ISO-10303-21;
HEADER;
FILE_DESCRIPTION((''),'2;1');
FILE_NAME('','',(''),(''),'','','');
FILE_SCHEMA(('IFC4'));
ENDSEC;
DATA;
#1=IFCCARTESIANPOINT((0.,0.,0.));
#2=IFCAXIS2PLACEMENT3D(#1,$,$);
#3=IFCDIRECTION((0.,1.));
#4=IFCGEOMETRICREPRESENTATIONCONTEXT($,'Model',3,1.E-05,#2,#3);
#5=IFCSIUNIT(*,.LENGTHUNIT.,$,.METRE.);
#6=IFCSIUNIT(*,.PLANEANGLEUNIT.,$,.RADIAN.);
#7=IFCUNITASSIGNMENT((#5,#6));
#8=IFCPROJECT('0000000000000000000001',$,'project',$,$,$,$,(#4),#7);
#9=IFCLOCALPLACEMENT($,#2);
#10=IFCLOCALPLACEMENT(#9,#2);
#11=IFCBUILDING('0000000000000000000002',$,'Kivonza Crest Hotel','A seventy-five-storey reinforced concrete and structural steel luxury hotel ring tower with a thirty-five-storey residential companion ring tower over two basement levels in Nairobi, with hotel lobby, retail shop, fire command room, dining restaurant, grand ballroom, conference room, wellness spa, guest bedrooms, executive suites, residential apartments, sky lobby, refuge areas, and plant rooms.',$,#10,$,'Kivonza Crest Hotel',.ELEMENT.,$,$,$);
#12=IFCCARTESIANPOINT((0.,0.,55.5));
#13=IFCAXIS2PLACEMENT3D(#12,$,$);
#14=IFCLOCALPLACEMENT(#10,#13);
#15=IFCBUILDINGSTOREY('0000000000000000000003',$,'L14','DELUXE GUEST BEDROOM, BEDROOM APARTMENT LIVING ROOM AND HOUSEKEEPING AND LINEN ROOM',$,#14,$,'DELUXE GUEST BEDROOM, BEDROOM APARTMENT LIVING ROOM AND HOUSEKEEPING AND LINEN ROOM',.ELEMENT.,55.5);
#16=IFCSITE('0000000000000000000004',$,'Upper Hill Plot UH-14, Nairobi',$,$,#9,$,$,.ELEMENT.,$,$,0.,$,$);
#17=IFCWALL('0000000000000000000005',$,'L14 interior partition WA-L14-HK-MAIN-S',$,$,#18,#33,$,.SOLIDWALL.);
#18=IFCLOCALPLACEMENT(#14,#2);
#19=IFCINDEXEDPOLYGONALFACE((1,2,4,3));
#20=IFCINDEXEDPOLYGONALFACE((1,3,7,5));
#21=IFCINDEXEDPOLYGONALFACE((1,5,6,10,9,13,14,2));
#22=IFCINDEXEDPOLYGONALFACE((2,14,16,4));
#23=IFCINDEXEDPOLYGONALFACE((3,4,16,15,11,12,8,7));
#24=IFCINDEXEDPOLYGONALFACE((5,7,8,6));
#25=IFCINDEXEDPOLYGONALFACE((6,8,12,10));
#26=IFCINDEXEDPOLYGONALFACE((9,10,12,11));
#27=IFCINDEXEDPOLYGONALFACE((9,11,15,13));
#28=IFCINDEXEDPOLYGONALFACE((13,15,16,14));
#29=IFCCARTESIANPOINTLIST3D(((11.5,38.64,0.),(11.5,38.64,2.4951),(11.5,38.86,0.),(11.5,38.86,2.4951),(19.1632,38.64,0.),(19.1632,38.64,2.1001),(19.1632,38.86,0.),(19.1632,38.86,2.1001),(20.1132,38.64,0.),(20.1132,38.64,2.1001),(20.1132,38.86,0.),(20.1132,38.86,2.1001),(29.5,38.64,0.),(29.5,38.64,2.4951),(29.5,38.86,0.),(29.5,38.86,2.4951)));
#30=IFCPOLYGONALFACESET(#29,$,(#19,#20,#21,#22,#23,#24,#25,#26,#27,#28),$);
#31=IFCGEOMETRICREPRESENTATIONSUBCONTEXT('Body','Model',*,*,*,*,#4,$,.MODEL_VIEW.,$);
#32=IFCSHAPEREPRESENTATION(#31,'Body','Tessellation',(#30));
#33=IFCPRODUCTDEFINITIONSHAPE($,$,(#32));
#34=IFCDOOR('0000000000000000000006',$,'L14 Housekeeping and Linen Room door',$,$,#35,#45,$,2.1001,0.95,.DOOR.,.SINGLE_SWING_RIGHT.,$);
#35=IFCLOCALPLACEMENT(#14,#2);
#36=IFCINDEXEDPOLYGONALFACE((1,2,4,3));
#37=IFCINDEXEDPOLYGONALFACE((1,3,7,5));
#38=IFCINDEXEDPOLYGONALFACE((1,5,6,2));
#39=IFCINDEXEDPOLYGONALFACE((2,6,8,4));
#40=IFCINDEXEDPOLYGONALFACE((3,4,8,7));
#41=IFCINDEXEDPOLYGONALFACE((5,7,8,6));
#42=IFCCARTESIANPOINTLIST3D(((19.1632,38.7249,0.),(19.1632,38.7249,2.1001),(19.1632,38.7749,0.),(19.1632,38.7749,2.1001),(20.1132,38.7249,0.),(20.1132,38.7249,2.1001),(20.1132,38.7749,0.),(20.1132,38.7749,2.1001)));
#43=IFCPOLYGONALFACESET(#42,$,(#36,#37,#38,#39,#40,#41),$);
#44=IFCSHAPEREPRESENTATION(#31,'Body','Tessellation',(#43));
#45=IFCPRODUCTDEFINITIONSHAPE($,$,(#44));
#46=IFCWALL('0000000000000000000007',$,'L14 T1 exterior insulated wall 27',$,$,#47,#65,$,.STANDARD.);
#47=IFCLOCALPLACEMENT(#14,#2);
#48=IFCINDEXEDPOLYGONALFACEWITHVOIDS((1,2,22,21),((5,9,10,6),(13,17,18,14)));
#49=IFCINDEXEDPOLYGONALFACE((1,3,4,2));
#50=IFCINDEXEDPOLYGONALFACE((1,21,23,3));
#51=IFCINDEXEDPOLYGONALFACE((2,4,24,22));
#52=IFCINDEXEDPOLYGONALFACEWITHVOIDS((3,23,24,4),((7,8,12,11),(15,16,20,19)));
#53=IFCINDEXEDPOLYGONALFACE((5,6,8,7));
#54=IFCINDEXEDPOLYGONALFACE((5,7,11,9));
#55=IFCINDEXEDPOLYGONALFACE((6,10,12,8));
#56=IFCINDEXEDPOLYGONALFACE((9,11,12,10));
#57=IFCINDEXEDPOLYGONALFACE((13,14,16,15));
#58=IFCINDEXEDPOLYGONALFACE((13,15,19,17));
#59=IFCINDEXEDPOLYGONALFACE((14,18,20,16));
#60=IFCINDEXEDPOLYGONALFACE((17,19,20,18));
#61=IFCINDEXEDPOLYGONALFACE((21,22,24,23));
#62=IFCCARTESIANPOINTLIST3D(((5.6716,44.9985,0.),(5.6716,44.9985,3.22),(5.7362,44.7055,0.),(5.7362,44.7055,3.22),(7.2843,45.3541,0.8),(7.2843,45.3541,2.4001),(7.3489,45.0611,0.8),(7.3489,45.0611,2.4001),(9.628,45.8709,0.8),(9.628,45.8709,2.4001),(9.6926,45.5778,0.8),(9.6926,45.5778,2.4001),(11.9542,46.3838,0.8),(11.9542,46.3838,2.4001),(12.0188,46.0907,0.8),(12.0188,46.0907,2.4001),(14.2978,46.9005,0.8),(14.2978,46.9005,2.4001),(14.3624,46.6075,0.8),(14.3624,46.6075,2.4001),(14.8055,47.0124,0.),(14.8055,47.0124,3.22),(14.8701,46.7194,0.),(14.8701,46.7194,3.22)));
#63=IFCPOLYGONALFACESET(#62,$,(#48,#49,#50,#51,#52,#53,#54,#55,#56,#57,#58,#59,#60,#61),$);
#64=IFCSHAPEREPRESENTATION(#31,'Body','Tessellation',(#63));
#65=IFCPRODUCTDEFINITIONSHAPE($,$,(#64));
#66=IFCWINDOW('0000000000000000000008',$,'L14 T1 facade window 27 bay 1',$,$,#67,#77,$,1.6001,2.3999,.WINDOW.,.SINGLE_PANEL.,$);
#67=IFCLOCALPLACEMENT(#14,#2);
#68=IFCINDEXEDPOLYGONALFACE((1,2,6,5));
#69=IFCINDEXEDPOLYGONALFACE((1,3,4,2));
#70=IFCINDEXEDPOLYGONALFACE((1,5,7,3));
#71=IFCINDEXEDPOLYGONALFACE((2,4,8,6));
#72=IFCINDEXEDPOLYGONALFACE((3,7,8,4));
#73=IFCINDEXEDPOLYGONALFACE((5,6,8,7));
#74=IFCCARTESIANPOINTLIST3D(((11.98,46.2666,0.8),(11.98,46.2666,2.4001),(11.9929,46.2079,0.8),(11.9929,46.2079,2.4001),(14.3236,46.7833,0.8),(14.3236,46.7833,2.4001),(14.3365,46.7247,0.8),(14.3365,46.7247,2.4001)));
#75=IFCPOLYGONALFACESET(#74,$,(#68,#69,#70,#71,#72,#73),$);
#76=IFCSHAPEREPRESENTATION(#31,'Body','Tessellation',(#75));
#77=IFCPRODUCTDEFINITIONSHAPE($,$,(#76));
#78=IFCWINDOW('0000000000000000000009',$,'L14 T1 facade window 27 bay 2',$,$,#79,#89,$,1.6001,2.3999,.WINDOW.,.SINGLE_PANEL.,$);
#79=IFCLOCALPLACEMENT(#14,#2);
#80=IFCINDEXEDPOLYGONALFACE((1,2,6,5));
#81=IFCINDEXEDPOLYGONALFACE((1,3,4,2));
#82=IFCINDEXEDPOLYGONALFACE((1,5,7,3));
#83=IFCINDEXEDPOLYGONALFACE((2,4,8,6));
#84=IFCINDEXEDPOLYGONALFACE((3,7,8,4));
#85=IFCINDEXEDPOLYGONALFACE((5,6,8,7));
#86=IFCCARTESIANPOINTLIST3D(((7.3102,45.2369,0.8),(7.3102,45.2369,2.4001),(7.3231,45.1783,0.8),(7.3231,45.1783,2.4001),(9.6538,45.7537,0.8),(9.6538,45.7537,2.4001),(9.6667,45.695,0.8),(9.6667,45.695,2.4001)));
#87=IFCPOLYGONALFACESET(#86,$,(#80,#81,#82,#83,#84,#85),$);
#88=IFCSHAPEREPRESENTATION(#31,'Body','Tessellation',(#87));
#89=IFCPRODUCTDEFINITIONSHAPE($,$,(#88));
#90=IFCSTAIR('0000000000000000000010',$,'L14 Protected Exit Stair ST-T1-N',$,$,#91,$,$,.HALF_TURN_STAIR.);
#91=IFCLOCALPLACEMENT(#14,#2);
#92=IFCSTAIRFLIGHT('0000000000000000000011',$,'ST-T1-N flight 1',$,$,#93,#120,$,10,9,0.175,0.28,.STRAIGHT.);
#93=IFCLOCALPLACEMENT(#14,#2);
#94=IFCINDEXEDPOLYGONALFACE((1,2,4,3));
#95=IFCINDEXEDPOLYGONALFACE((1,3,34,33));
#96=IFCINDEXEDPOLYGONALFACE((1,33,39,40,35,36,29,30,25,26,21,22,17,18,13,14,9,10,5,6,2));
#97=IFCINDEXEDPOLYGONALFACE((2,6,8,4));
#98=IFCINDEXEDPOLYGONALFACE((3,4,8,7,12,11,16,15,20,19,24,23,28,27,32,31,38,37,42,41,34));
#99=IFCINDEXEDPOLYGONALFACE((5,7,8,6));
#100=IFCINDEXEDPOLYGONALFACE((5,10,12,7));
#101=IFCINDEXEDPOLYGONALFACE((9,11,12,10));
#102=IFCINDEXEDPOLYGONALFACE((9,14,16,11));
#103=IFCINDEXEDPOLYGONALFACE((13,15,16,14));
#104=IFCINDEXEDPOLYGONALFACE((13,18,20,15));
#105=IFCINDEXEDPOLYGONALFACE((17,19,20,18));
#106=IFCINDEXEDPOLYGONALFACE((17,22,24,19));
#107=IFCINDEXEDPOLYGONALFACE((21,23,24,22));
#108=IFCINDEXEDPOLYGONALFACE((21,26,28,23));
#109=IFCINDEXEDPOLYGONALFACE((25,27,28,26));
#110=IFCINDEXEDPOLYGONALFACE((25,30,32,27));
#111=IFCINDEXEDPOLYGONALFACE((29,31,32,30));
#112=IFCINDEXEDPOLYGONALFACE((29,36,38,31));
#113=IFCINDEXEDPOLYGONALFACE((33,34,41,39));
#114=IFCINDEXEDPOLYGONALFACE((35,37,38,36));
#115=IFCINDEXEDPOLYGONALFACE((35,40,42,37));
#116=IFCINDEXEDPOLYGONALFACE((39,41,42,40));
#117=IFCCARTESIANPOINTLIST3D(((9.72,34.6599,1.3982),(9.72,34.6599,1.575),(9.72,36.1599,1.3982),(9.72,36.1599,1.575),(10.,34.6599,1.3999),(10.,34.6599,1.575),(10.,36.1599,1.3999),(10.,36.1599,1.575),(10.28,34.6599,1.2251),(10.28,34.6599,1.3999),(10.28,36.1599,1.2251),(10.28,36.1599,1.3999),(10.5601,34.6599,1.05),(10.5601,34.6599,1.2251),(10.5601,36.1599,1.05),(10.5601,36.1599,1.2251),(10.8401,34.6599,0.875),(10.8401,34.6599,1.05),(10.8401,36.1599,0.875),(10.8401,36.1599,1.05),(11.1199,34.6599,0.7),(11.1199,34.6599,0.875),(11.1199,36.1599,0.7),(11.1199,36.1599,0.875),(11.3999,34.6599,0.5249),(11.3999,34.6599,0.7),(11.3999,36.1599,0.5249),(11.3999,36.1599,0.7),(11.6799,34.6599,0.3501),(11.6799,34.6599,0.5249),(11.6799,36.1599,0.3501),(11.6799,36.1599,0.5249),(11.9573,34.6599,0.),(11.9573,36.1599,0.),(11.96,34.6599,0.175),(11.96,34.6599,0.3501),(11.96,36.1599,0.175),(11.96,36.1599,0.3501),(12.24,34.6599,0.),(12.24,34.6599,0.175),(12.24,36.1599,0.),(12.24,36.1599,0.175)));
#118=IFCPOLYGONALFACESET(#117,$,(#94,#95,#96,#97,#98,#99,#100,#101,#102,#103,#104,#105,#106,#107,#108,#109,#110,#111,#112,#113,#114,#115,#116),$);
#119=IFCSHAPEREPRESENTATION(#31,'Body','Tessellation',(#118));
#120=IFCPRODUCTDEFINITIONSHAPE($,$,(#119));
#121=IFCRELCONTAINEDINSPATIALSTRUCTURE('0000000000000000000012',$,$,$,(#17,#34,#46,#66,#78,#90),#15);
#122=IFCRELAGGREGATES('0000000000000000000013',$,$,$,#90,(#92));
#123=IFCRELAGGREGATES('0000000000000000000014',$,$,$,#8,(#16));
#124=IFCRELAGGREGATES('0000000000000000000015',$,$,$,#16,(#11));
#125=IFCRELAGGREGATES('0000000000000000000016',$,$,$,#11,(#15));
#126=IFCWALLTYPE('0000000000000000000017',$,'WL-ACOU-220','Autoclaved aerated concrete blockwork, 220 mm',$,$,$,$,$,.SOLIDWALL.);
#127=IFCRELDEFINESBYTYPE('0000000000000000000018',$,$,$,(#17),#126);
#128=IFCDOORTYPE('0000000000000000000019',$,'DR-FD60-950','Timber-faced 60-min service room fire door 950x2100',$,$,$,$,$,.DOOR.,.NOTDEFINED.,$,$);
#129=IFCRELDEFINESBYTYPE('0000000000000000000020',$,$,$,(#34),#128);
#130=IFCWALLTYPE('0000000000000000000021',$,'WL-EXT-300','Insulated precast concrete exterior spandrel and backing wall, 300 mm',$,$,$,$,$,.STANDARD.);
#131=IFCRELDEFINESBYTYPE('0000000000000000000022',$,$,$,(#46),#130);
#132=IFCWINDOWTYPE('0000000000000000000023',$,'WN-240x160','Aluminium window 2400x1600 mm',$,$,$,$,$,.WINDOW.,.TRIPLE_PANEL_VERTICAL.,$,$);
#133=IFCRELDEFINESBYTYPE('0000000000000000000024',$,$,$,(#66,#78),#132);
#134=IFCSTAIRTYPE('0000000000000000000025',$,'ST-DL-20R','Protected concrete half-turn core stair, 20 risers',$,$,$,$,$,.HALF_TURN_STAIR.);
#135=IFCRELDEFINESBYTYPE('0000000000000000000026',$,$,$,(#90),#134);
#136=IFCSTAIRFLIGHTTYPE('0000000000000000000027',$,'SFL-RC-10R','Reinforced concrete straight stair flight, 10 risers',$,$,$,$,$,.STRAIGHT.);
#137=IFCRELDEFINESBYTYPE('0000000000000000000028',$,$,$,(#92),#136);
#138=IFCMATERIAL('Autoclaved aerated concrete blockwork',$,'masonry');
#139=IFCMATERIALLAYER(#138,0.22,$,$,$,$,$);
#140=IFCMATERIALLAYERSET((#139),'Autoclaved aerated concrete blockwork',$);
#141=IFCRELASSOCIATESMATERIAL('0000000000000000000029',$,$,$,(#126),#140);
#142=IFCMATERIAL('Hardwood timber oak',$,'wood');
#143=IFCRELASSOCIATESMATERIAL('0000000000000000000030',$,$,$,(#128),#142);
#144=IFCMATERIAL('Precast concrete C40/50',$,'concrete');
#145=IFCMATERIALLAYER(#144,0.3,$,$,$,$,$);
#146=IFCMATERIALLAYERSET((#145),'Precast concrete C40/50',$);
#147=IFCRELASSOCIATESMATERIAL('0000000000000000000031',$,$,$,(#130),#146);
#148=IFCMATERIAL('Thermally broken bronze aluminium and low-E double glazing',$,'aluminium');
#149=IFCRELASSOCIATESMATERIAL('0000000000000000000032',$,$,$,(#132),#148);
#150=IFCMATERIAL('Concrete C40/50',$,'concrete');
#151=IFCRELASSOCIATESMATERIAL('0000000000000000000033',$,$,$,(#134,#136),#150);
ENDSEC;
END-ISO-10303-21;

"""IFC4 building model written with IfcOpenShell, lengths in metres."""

from ifc_helpers import new_model, si_unit, direction, frame, frame_2d, origin, place, context, subcontext, project, spatial, polyline, rectangle, outline, extrude, material, layer, layer_set, type_object, element, fill, aggregate, save


model = new_model("IFC4")

# Units and contexts
model_context = context("Model", 3, precision=1e-05, world=origin(), true_north=direction((0.0, 1.0)))
body_context = subcontext(model_context, "Body", "Model", "MODEL_VIEW")
ifc_project = project(units=[si_unit("LENGTHUNIT", "METRE"), si_unit("PLANEANGLEUNIT", "RADIAN")], contexts=[model_context])

# Site, building, storey
site_placement = place(None, origin())
site = spatial("IfcSite", under=ifc_project, at=site_placement, Name="Upper Hill Plot UH-14, Nairobi", CompositionType="ELEMENT", RefElevation=0.0)
building_placement = place(site_placement, origin())
building = spatial("IfcBuilding", under=site, at=building_placement, Name="Kivonza Crest Hotel", Description="A seventy-five-storey reinforced concrete and structural steel luxury hotel ring tower with a thirty-five-storey residential companion ring tower over two basement levels in Nairobi, with hotel lobby, retail shop, fire command room, dining restaurant, grand ballroom, conference room, wellness spa, guest bedrooms, executive suites, residential apartments, sky lobby, refuge areas, and plant rooms.", LongName="Kivonza Crest Hotel", CompositionType="ELEMENT")
storey_placement = place(building_placement, frame((0.0, 0.0, 55.5)))
storey = spatial("IfcBuildingStorey", under=building, at=storey_placement, Name="L14", Description="DELUXE GUEST BEDROOM, BEDROOM APARTMENT LIVING ROOM AND HOUSEKEEPING AND LINEN ROOM", LongName="DELUXE GUEST BEDROOM, BEDROOM APARTMENT LIVING ROOM AND HOUSEKEEPING AND LINEN ROOM", CompositionType="ELEMENT", Elevation=55.5)

# Wall, opening, door
ifc_material_1 = material(Name="Autoclaved aerated concrete blockwork", Category="masonry")
ifc_layer_1 = layer(ifc_material_1, 0.22)
ifc_layer_set_1 = layer_set([ifc_layer_1], Name="Autoclaved aerated concrete blockwork")
wall_type_1 = type_object("IfcWallType", Name="WL-ACOU-220", Description="Autoclaved aerated concrete blockwork, 220 mm", PredefinedType="SOLIDWALL", material=ifc_layer_set_1)
wall_1_placement = place(storey_placement, frame((11.5, 38.75, 0.0), z_axis=(0.0, 0.0, 1.0), x_axis=(1.0, 0.0, 0.0)))
wall_1 = element("IfcWall", 1, at=wall_1_placement, inside=storey, type_object=wall_type_1, Name="L14 interior partition WA-L14-HK-MAIN-S", PredefinedType="SOLIDWALL", context=body_context, shape_type="SweptSolid", body=[
    extrude(rectangle(XDim=18.0, YDim=0.22, at=frame_2d((9.0, 0.0))), origin(), (0.0, 0.0, 1.0), 2.4951),
])
opening_1_placement = place(wall_1_placement, frame((7.6631, 0.0, 0.0)))
opening_1 = element("IfcOpeningElement", 2, at=opening_1_placement, cuts=wall_1, PredefinedType="OPENING", context=body_context, shape_type="SweptSolid", body=[
    extrude(rectangle(XDim=0.95, YDim=2.1001, at=frame_2d((0.4751, 1.05))), frame((0.0, 0.1201, 0.0), z_axis=(0.0, -1.0, 0.0), x_axis=(1.0, 0.0, 0.0)), (0.0, 0.0, 1.0), 0.24),
])
ifc_material_2 = material(Name="Hardwood timber oak", Category="wood")
door_type = type_object("IfcDoorType", Name="DR-FD60-950", Description="Timber-faced 60-min service room fire door 950x2100", OperationType="NOTDEFINED", PredefinedType="DOOR", material=ifc_material_2)
door_placement = place(opening_1_placement, origin())
door = element("IfcDoor", 3, at=door_placement, inside=storey, type_object=door_type, Name="L14 Housekeeping and Linen Room door", OperationType="SINGLE_SWING_RIGHT", OverallHeight=2.1001, OverallWidth=0.95, PredefinedType="DOOR", context=body_context, shape_type="SweptSolid", body=[
    extrude(rectangle(XDim=0.95, YDim=2.1001, at=frame_2d((0.4751, 1.05))), frame((0.0, 0.0249, 0.0), z_axis=(0.0, -1.0, 0.0), x_axis=(1.0, 0.0, 0.0)), (0.0, 0.0, 1.0), 0.05),
])
fill(opening_1, door)

# Wall, openings, windows
ifc_material_3 = material(Name="Precast concrete C40/50", Category="concrete")
ifc_layer_2 = layer(ifc_material_3, 0.3)
ifc_layer_set_2 = layer_set([ifc_layer_2], Name="Precast concrete C40/50")
wall_type_2 = type_object("IfcWallType", Name="WL-EXT-300", Description="Insulated precast concrete exterior spandrel and backing wall, 300 mm", PredefinedType="STANDARD", material=ifc_layer_set_2)
wall_2_placement = place(storey_placement, frame((14.8379, 46.866, 0.0), z_axis=(0.0, 0.0, 1.0), x_axis=(-0.976544, -0.215319, 0.0)))
wall_2 = element("IfcWall", 4, at=wall_2_placement, inside=storey, type_object=wall_type_2, Name="L14 T1 exterior insulated wall 27", PredefinedType="STANDARD", context=body_context, shape_type="SweptSolid", body=[
    extrude(rectangle(XDim=9.3533, YDim=0.3, at=frame_2d((4.6768, 0.0))), origin(), (0.0, 0.0, 1.0), 3.22),
])
opening_2_placement = place(wall_2_placement, frame((0.52, 0.0, 0.8)))
opening_2 = element("IfcOpeningElement", 5, at=opening_2_placement, cuts=wall_2, PredefinedType="OPENING", context=body_context, shape_type="SweptSolid", body=[
    extrude(rectangle(XDim=2.3999, YDim=1.6001, at=frame_2d((1.2, 0.8))), frame((0.0, 0.1602, 0.0), z_axis=(0.0, -1.0, 0.0), x_axis=(1.0, 0.0, 0.0)), (0.0, 0.0, 1.0), 0.3201),
])
opening_3_placement = place(wall_2_placement, frame((5.302, 0.0, 0.8)))
opening_3 = element("IfcOpeningElement", 6, at=opening_3_placement, cuts=wall_2, PredefinedType="OPENING", context=body_context, shape_type="SweptSolid", body=[
    extrude(rectangle(XDim=2.3999, YDim=1.6001, at=frame_2d((1.2, 0.8))), frame((0.0, 0.1602, 0.0), z_axis=(0.0, -1.0, 0.0), x_axis=(1.0, 0.0, 0.0)), (0.0, 0.0, 1.0), 0.3201),
])
ifc_material_4 = material(Name="Thermally broken bronze aluminium and low-E double glazing", Category="aluminium")
window_type = type_object("IfcWindowType", Name="WN-240x160", Description="Aluminium window 2400x1600 mm", PartitioningType="TRIPLE_PANEL_VERTICAL", PredefinedType="WINDOW", material=ifc_material_4)
window_1_placement = place(opening_2_placement, origin())
window_1 = element("IfcWindow", 7, at=window_1_placement, inside=storey, type_object=window_type, Name="L14 T1 facade window 27 bay 1", OverallHeight=1.6001, OverallWidth=2.3999, PartitioningType="SINGLE_PANEL", PredefinedType="WINDOW", context=body_context, shape_type="SweptSolid", body=[
    extrude(rectangle(XDim=2.3999, YDim=1.6001, at=frame_2d((1.2, 0.8))), frame((0.0, 0.03, 0.0), z_axis=(0.0, -1.0, 0.0), x_axis=(1.0, 0.0, 0.0)), (0.0, 0.0, 1.0), 0.0601),
])
fill(opening_2, window_1)
window_2_placement = place(opening_3_placement, origin())
window_2 = element("IfcWindow", 8, at=window_2_placement, inside=storey, type_object=window_type, Name="L14 T1 facade window 27 bay 2", OverallHeight=1.6001, OverallWidth=2.3999, PartitioningType="SINGLE_PANEL", PredefinedType="WINDOW", context=body_context, shape_type="SweptSolid", body=[
    extrude(rectangle(XDim=2.3999, YDim=1.6001, at=frame_2d((1.2, 0.8))), frame((0.0, 0.03, 0.0), z_axis=(0.0, -1.0, 0.0), x_axis=(1.0, 0.0, 0.0)), (0.0, 0.0, 1.0), 0.0601),
])
fill(opening_3, window_2)

# Stair, stair flight
ifc_material_5 = material(Name="Concrete C40/50", Category="concrete")
stair_type = type_object("IfcStairType", Name="ST-DL-20R", Description="Protected concrete half-turn core stair, 20 risers", PredefinedType="HALF_TURN_STAIR", material=ifc_material_5)
stair_placement = place(storey_placement, origin())
stair = element("IfcStair", 9, at=stair_placement, inside=storey, type_object=stair_type, Name="L14 Protected Exit Stair ST-T1-N", PredefinedType="HALF_TURN_STAIR")
stair_flight_type = type_object("IfcStairFlightType", Name="SFL-RC-10R", Description="Reinforced concrete straight stair flight, 10 risers", PredefinedType="STRAIGHT", material=ifc_material_5)
stair_flight_placement = place(storey_placement, frame((12.24, 35.4099, 0.0), z_axis=(0.0, 0.0, 1.0), x_axis=(-1.0, 0.0, 0.0)))
stair_flight = element("IfcStairFlight", 10, at=stair_flight_placement, type_object=stair_flight_type, Name="ST-T1-N flight 1", NumberOfRisers=10, NumberOfTreads=9, PredefinedType="STRAIGHT", RiserHeight=0.175, TreadLength=0.28, context=body_context, shape_type="SweptSolid", body=[
    extrude(outline(polyline([(0.0, 0.0), (0.0, 0.175), (0.28, 0.175), (0.28, 0.3501), (0.5601, 0.3501), (0.5601, 0.5249), (0.8401, 0.5249), (0.8401, 0.7), (1.1201, 0.7), (1.1201, 0.875), (1.3999, 0.875), (1.3999, 1.05), (1.6799, 1.05), (1.6799, 1.2251), (1.96, 1.2251), (1.96, 1.3999), (2.24, 1.3999), (2.24, 1.575), (2.52, 1.575), (2.52, 1.75), (2.52, 1.3982), (0.2827, 0.0), (0.0, 0.0)])), frame((0.0, 0.75, 0.0), z_axis=(0.0, -1.0, 0.0), x_axis=(1.0, 0.0, 0.0)), (0.0, 0.0, 1.0), 1.5),
])
aggregate(stair, [stair_flight])

save(model, "model.ifc")
